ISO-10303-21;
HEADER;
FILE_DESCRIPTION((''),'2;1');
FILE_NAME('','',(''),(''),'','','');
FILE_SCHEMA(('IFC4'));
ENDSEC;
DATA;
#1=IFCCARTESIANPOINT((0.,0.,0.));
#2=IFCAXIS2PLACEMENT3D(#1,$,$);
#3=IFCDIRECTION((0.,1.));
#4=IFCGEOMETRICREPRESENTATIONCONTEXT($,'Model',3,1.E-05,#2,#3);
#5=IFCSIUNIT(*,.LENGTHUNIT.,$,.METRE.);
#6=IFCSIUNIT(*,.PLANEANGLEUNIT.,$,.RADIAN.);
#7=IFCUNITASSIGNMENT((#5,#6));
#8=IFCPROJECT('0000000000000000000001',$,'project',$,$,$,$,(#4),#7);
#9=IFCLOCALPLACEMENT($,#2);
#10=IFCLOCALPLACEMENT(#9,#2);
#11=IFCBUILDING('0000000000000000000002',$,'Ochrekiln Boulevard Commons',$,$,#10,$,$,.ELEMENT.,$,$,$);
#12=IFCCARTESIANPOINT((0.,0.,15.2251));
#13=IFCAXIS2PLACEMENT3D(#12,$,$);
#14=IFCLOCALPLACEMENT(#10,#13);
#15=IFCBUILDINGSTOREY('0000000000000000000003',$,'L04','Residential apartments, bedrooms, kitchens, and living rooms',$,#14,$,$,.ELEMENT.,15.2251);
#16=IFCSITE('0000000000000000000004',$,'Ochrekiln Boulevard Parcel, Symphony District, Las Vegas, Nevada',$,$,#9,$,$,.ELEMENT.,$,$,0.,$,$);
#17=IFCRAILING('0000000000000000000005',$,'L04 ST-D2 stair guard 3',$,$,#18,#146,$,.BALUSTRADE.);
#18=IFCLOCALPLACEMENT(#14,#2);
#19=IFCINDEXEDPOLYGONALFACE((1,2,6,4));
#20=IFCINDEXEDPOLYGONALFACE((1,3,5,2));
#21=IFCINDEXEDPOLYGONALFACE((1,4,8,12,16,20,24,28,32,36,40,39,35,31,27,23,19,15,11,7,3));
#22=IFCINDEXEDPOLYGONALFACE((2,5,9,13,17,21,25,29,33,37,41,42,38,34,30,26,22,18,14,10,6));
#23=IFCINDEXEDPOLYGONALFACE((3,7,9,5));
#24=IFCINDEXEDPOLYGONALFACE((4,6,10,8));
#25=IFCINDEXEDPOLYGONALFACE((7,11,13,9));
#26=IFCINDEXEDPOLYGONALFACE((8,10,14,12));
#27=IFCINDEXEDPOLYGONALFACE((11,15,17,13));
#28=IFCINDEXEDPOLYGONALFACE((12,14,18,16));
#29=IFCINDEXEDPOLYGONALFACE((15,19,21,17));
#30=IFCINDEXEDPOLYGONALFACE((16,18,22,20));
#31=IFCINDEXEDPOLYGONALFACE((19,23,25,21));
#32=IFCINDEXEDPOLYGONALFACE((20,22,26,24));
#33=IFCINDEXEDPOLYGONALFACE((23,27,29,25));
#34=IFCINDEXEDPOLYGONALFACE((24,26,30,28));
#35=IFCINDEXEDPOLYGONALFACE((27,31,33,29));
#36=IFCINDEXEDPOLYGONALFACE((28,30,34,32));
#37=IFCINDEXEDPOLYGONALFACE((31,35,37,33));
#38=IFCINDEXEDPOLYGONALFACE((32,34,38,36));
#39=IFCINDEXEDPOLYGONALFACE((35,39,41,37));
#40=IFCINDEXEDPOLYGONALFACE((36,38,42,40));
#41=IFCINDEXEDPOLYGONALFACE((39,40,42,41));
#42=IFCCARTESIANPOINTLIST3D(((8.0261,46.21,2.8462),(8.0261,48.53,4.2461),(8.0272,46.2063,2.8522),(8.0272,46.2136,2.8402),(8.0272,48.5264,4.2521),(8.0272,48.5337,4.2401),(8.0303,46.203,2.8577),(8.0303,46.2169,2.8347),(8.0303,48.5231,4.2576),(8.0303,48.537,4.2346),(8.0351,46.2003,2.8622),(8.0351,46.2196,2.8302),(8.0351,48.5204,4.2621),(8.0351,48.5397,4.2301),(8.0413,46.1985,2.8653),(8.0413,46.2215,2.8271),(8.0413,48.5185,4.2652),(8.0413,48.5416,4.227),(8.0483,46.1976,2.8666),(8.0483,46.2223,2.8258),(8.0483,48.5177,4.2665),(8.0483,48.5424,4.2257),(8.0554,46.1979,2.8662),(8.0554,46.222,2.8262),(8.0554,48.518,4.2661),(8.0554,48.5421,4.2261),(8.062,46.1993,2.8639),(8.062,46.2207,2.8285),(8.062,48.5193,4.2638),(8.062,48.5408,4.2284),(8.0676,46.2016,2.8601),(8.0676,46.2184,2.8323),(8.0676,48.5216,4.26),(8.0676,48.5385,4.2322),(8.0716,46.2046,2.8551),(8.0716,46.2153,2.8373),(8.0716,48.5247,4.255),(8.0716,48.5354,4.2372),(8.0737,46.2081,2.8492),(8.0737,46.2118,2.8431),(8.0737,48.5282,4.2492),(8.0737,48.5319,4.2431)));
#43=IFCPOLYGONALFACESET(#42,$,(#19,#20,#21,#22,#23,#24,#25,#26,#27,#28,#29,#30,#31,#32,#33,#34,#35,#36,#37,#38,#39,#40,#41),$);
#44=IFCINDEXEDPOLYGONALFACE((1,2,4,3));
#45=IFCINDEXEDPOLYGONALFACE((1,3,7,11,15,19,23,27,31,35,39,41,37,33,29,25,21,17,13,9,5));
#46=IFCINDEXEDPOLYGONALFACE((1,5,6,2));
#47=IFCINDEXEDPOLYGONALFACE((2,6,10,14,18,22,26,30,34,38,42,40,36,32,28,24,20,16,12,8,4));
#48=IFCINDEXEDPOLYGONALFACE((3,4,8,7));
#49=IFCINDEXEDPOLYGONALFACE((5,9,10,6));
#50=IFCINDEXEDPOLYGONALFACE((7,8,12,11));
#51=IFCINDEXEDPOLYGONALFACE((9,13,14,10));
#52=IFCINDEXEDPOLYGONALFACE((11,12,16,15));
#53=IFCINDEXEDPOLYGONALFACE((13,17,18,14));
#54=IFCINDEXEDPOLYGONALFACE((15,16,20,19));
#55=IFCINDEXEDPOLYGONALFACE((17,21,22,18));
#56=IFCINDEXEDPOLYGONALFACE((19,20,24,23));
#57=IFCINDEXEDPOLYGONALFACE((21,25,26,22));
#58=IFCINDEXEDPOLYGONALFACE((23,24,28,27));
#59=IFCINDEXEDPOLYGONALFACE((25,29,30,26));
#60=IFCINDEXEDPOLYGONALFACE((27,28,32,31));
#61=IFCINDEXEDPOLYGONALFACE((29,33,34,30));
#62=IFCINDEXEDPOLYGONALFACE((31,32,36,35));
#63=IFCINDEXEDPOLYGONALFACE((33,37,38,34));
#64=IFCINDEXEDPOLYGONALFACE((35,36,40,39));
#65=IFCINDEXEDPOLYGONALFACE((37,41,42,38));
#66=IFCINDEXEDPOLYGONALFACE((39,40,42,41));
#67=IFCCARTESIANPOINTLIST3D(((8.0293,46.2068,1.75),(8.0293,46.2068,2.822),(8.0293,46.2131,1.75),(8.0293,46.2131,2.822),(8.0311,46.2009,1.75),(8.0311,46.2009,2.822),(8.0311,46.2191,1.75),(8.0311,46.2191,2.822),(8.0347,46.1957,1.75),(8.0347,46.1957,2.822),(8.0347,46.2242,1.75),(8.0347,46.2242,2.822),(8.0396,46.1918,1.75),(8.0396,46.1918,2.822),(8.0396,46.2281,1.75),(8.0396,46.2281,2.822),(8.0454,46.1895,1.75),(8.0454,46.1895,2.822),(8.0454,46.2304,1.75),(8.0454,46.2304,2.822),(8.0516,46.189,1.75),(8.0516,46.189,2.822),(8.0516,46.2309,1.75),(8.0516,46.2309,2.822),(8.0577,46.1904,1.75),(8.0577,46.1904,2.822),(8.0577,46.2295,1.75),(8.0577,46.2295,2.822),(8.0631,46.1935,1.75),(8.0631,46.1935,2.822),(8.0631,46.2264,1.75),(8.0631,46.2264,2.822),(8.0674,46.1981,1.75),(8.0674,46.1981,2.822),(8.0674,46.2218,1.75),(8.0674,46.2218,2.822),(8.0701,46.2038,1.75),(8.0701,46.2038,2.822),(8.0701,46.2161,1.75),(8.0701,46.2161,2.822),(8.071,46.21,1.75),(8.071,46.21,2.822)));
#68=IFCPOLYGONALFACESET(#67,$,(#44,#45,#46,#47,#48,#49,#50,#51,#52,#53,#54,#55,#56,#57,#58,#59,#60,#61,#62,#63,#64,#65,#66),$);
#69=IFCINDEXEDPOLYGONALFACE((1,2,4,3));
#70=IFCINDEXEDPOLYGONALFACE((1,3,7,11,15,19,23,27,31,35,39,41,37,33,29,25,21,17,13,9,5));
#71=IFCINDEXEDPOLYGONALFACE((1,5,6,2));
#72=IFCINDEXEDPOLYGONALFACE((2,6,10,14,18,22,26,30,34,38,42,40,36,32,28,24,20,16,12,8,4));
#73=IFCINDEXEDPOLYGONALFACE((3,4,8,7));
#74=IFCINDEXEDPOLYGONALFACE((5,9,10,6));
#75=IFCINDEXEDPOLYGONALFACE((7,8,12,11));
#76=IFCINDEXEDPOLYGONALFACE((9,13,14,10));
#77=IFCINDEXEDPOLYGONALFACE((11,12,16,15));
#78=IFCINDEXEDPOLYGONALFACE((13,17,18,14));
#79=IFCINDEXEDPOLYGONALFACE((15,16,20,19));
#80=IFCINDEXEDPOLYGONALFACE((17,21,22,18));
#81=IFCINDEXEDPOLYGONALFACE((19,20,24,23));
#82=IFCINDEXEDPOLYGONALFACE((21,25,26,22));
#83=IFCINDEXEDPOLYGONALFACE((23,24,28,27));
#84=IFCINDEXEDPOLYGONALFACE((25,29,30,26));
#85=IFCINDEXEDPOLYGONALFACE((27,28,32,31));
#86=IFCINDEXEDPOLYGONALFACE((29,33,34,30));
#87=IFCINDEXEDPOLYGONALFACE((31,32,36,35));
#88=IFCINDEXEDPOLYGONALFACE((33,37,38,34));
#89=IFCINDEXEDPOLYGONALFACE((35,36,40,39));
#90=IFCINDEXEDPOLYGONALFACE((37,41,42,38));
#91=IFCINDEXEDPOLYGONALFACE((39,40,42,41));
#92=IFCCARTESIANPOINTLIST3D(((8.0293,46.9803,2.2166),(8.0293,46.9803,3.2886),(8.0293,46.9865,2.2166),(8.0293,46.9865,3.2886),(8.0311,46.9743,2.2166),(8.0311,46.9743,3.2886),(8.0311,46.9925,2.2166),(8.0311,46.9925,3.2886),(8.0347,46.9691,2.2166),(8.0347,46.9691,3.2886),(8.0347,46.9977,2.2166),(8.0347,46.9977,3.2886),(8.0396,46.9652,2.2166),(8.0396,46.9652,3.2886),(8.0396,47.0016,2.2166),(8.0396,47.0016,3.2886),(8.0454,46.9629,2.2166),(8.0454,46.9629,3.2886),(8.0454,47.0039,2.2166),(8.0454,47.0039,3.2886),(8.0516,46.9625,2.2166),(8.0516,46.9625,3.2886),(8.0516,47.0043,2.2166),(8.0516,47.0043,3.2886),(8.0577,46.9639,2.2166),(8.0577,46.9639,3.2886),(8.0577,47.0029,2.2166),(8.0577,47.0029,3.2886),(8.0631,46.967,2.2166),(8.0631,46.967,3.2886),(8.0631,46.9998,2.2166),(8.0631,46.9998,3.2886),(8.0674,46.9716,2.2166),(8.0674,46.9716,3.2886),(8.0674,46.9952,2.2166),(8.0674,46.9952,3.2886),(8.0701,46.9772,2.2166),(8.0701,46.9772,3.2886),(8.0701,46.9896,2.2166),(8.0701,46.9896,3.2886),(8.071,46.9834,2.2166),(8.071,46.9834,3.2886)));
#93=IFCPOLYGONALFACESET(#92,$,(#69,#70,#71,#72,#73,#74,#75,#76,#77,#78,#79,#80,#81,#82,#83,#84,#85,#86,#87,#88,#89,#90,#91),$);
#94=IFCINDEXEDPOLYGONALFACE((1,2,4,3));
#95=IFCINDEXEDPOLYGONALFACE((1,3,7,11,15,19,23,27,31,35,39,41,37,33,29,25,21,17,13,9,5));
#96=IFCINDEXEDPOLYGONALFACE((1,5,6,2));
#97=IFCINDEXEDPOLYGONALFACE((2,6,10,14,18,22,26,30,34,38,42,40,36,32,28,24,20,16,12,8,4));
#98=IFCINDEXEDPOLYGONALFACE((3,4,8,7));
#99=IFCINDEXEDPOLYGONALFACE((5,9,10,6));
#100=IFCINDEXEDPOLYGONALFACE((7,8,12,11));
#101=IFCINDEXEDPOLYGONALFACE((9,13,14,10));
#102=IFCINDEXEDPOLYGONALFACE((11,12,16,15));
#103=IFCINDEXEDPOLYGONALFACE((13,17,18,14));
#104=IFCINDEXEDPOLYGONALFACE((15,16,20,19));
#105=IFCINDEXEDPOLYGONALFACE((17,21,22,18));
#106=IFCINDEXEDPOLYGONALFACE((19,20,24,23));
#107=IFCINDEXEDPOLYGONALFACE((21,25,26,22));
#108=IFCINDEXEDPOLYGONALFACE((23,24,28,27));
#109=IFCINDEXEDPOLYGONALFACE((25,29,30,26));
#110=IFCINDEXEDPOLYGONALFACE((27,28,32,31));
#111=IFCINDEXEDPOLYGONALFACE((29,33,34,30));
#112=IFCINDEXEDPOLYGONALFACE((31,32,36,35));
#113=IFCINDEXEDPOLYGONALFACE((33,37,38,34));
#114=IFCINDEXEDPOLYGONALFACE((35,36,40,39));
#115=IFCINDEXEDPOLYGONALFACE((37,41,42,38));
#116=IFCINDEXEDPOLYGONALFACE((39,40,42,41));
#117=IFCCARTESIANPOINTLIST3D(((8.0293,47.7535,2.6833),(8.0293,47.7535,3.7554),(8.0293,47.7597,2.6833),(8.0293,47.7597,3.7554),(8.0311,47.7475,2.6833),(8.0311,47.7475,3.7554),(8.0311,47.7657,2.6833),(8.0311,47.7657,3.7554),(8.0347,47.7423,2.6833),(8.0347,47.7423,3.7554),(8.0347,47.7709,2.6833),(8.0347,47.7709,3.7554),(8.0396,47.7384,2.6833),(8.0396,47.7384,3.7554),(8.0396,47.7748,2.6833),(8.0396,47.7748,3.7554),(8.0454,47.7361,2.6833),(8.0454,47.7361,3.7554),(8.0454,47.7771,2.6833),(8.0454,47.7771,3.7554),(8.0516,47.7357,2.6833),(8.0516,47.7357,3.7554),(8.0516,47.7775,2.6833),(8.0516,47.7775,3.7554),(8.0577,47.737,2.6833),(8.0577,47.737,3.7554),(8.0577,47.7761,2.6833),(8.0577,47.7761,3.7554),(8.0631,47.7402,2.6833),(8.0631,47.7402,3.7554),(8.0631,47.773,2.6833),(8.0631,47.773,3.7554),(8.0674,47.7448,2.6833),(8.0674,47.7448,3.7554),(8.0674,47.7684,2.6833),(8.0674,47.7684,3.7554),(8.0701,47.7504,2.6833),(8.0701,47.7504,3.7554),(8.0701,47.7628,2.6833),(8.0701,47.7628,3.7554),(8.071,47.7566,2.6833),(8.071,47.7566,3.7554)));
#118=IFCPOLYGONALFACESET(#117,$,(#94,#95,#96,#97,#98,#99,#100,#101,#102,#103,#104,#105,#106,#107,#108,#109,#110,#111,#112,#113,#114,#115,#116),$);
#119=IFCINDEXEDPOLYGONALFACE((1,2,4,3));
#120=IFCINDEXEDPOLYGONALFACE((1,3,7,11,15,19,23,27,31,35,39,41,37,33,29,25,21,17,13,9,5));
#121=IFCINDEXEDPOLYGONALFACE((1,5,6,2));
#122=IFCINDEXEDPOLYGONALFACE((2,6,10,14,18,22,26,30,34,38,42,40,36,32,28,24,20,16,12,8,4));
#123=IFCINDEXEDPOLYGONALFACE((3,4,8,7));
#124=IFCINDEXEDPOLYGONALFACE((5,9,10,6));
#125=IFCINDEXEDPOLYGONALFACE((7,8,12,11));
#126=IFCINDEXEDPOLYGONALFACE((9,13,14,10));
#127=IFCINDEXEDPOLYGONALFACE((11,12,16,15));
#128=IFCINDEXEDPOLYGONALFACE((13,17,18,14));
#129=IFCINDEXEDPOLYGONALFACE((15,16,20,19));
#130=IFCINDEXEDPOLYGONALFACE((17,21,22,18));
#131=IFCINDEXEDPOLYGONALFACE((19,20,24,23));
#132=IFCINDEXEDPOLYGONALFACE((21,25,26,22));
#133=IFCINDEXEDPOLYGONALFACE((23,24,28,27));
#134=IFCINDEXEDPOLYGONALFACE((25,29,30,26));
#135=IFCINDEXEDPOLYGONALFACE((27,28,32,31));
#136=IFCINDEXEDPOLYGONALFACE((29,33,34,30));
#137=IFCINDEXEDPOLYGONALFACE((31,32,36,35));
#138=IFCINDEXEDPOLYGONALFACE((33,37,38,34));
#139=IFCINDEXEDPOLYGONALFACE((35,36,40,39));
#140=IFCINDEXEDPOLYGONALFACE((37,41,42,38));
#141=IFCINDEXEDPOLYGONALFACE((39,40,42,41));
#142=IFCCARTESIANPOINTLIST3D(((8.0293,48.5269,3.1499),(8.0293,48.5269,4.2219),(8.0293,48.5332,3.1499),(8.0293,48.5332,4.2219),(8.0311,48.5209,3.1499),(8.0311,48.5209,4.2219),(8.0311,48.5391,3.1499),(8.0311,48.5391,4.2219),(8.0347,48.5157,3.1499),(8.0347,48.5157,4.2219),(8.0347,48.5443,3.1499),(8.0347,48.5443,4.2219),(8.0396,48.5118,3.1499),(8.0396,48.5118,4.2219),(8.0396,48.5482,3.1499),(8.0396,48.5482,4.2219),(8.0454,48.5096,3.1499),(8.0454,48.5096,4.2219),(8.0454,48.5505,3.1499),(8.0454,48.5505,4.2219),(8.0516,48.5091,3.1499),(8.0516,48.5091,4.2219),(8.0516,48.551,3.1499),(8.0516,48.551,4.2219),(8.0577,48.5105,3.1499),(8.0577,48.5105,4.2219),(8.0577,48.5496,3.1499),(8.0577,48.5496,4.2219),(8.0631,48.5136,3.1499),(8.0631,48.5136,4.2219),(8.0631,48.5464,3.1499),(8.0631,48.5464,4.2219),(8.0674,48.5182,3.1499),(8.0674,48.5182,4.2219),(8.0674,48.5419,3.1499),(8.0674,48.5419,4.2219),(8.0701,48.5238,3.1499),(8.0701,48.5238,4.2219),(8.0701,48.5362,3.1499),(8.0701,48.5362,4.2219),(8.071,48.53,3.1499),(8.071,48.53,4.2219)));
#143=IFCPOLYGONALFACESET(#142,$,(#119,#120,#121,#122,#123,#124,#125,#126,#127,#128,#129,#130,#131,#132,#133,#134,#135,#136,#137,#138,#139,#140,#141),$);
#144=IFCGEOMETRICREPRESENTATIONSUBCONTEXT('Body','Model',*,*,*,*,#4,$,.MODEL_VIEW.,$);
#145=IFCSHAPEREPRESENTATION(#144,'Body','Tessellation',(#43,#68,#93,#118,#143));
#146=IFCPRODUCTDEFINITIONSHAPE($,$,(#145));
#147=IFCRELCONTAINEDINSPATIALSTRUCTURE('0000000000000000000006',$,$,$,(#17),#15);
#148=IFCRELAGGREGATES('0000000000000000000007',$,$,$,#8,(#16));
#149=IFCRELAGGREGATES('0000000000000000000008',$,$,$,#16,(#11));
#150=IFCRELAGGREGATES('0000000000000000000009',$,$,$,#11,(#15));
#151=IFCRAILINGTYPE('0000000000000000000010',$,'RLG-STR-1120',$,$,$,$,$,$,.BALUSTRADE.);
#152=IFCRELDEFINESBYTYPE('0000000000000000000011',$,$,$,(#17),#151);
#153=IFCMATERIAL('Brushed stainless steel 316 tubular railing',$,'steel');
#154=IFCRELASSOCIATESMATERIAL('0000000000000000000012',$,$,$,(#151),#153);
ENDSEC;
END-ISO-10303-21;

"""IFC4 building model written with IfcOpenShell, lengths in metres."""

from ifc_helpers import new_model, si_unit, direction, frame, origin, origin_2d, place, context, subcontext, project, spatial, circle, extrude, material, type_object, element, save


model = new_model("IFC4")

# Units and contexts
model_context = context("Model", 3, precision=1e-05, world=origin(), true_north=direction((0.0, 1.0)))
body_context = subcontext(model_context, "Body", "Model", "MODEL_VIEW")
ifc_project = project(units=[si_unit("LENGTHUNIT", "METRE"), si_unit("PLANEANGLEUNIT", "RADIAN")], contexts=[model_context])

# Site, building, storey
site_placement = place(None, origin())
site = spatial("IfcSite", under=ifc_project, at=site_placement, Name="Ochrekiln Boulevard Parcel, Symphony District, Las Vegas, Nevada", CompositionType="ELEMENT", RefElevation=0.0)
building_placement = place(site_placement, origin())
building = spatial("IfcBuilding", under=site, at=building_placement, Name="Ochrekiln Boulevard Commons", CompositionType="ELEMENT")
storey_placement = place(building_placement, frame((0.0, 0.0, 15.2251)))
storey = spatial("IfcBuildingStorey", under=building, at=storey_placement, Name="L04", Description="Residential apartments, bedrooms, kitchens, and living rooms", CompositionType="ELEMENT", Elevation=15.2251)

# Railing
ifc_material_1 = material(Name="Brushed stainless steel 316 tubular railing", Category="steel")
railing_type_1 = type_object("IfcRailingType", Name="RLG-STR-1120", PredefinedType="BALUSTRADE", material=ifc_material_1)
railing_1_placement = place(storey_placement, frame((8.05, 46.21, 1.75)))
element("IfcRailing", 1, at=railing_1_placement, inside=storey, type_object=railing_type_1, Name="L04 ST-D2 stair guard 3", PredefinedType="BALUSTRADE", context=body_context, shape_type="SweptSolid", body=[
    extrude(circle(Radius=0.0239, at=origin_2d()), frame((0.0, 0.0, 1.0962), z_axis=(0.0, 0.85621, 0.516627), x_axis=(-1.0, 0.0, 0.0)), (0.0, 0.0, 1.0), 2.7097),
    extrude(circle(Radius=0.021, at=origin_2d()), origin(), (0.0, 0.0, 1.0), 1.072),
    extrude(circle(Radius=0.021, at=origin_2d()), frame((0.0, 0.7734, 0.4666)), (0.0, 0.0, 1.0), 1.072),
    extrude(circle(Radius=0.021, at=origin_2d()), frame((0.0, 1.5466, 0.9333)), (0.0, 0.0, 1.0), 1.072),
    extrude(circle(Radius=0.021, at=origin_2d()), frame((0.0, 2.3201, 1.3999)), (0.0, 0.0, 1.0), 1.072),
])

save(model, "model.ifc")
